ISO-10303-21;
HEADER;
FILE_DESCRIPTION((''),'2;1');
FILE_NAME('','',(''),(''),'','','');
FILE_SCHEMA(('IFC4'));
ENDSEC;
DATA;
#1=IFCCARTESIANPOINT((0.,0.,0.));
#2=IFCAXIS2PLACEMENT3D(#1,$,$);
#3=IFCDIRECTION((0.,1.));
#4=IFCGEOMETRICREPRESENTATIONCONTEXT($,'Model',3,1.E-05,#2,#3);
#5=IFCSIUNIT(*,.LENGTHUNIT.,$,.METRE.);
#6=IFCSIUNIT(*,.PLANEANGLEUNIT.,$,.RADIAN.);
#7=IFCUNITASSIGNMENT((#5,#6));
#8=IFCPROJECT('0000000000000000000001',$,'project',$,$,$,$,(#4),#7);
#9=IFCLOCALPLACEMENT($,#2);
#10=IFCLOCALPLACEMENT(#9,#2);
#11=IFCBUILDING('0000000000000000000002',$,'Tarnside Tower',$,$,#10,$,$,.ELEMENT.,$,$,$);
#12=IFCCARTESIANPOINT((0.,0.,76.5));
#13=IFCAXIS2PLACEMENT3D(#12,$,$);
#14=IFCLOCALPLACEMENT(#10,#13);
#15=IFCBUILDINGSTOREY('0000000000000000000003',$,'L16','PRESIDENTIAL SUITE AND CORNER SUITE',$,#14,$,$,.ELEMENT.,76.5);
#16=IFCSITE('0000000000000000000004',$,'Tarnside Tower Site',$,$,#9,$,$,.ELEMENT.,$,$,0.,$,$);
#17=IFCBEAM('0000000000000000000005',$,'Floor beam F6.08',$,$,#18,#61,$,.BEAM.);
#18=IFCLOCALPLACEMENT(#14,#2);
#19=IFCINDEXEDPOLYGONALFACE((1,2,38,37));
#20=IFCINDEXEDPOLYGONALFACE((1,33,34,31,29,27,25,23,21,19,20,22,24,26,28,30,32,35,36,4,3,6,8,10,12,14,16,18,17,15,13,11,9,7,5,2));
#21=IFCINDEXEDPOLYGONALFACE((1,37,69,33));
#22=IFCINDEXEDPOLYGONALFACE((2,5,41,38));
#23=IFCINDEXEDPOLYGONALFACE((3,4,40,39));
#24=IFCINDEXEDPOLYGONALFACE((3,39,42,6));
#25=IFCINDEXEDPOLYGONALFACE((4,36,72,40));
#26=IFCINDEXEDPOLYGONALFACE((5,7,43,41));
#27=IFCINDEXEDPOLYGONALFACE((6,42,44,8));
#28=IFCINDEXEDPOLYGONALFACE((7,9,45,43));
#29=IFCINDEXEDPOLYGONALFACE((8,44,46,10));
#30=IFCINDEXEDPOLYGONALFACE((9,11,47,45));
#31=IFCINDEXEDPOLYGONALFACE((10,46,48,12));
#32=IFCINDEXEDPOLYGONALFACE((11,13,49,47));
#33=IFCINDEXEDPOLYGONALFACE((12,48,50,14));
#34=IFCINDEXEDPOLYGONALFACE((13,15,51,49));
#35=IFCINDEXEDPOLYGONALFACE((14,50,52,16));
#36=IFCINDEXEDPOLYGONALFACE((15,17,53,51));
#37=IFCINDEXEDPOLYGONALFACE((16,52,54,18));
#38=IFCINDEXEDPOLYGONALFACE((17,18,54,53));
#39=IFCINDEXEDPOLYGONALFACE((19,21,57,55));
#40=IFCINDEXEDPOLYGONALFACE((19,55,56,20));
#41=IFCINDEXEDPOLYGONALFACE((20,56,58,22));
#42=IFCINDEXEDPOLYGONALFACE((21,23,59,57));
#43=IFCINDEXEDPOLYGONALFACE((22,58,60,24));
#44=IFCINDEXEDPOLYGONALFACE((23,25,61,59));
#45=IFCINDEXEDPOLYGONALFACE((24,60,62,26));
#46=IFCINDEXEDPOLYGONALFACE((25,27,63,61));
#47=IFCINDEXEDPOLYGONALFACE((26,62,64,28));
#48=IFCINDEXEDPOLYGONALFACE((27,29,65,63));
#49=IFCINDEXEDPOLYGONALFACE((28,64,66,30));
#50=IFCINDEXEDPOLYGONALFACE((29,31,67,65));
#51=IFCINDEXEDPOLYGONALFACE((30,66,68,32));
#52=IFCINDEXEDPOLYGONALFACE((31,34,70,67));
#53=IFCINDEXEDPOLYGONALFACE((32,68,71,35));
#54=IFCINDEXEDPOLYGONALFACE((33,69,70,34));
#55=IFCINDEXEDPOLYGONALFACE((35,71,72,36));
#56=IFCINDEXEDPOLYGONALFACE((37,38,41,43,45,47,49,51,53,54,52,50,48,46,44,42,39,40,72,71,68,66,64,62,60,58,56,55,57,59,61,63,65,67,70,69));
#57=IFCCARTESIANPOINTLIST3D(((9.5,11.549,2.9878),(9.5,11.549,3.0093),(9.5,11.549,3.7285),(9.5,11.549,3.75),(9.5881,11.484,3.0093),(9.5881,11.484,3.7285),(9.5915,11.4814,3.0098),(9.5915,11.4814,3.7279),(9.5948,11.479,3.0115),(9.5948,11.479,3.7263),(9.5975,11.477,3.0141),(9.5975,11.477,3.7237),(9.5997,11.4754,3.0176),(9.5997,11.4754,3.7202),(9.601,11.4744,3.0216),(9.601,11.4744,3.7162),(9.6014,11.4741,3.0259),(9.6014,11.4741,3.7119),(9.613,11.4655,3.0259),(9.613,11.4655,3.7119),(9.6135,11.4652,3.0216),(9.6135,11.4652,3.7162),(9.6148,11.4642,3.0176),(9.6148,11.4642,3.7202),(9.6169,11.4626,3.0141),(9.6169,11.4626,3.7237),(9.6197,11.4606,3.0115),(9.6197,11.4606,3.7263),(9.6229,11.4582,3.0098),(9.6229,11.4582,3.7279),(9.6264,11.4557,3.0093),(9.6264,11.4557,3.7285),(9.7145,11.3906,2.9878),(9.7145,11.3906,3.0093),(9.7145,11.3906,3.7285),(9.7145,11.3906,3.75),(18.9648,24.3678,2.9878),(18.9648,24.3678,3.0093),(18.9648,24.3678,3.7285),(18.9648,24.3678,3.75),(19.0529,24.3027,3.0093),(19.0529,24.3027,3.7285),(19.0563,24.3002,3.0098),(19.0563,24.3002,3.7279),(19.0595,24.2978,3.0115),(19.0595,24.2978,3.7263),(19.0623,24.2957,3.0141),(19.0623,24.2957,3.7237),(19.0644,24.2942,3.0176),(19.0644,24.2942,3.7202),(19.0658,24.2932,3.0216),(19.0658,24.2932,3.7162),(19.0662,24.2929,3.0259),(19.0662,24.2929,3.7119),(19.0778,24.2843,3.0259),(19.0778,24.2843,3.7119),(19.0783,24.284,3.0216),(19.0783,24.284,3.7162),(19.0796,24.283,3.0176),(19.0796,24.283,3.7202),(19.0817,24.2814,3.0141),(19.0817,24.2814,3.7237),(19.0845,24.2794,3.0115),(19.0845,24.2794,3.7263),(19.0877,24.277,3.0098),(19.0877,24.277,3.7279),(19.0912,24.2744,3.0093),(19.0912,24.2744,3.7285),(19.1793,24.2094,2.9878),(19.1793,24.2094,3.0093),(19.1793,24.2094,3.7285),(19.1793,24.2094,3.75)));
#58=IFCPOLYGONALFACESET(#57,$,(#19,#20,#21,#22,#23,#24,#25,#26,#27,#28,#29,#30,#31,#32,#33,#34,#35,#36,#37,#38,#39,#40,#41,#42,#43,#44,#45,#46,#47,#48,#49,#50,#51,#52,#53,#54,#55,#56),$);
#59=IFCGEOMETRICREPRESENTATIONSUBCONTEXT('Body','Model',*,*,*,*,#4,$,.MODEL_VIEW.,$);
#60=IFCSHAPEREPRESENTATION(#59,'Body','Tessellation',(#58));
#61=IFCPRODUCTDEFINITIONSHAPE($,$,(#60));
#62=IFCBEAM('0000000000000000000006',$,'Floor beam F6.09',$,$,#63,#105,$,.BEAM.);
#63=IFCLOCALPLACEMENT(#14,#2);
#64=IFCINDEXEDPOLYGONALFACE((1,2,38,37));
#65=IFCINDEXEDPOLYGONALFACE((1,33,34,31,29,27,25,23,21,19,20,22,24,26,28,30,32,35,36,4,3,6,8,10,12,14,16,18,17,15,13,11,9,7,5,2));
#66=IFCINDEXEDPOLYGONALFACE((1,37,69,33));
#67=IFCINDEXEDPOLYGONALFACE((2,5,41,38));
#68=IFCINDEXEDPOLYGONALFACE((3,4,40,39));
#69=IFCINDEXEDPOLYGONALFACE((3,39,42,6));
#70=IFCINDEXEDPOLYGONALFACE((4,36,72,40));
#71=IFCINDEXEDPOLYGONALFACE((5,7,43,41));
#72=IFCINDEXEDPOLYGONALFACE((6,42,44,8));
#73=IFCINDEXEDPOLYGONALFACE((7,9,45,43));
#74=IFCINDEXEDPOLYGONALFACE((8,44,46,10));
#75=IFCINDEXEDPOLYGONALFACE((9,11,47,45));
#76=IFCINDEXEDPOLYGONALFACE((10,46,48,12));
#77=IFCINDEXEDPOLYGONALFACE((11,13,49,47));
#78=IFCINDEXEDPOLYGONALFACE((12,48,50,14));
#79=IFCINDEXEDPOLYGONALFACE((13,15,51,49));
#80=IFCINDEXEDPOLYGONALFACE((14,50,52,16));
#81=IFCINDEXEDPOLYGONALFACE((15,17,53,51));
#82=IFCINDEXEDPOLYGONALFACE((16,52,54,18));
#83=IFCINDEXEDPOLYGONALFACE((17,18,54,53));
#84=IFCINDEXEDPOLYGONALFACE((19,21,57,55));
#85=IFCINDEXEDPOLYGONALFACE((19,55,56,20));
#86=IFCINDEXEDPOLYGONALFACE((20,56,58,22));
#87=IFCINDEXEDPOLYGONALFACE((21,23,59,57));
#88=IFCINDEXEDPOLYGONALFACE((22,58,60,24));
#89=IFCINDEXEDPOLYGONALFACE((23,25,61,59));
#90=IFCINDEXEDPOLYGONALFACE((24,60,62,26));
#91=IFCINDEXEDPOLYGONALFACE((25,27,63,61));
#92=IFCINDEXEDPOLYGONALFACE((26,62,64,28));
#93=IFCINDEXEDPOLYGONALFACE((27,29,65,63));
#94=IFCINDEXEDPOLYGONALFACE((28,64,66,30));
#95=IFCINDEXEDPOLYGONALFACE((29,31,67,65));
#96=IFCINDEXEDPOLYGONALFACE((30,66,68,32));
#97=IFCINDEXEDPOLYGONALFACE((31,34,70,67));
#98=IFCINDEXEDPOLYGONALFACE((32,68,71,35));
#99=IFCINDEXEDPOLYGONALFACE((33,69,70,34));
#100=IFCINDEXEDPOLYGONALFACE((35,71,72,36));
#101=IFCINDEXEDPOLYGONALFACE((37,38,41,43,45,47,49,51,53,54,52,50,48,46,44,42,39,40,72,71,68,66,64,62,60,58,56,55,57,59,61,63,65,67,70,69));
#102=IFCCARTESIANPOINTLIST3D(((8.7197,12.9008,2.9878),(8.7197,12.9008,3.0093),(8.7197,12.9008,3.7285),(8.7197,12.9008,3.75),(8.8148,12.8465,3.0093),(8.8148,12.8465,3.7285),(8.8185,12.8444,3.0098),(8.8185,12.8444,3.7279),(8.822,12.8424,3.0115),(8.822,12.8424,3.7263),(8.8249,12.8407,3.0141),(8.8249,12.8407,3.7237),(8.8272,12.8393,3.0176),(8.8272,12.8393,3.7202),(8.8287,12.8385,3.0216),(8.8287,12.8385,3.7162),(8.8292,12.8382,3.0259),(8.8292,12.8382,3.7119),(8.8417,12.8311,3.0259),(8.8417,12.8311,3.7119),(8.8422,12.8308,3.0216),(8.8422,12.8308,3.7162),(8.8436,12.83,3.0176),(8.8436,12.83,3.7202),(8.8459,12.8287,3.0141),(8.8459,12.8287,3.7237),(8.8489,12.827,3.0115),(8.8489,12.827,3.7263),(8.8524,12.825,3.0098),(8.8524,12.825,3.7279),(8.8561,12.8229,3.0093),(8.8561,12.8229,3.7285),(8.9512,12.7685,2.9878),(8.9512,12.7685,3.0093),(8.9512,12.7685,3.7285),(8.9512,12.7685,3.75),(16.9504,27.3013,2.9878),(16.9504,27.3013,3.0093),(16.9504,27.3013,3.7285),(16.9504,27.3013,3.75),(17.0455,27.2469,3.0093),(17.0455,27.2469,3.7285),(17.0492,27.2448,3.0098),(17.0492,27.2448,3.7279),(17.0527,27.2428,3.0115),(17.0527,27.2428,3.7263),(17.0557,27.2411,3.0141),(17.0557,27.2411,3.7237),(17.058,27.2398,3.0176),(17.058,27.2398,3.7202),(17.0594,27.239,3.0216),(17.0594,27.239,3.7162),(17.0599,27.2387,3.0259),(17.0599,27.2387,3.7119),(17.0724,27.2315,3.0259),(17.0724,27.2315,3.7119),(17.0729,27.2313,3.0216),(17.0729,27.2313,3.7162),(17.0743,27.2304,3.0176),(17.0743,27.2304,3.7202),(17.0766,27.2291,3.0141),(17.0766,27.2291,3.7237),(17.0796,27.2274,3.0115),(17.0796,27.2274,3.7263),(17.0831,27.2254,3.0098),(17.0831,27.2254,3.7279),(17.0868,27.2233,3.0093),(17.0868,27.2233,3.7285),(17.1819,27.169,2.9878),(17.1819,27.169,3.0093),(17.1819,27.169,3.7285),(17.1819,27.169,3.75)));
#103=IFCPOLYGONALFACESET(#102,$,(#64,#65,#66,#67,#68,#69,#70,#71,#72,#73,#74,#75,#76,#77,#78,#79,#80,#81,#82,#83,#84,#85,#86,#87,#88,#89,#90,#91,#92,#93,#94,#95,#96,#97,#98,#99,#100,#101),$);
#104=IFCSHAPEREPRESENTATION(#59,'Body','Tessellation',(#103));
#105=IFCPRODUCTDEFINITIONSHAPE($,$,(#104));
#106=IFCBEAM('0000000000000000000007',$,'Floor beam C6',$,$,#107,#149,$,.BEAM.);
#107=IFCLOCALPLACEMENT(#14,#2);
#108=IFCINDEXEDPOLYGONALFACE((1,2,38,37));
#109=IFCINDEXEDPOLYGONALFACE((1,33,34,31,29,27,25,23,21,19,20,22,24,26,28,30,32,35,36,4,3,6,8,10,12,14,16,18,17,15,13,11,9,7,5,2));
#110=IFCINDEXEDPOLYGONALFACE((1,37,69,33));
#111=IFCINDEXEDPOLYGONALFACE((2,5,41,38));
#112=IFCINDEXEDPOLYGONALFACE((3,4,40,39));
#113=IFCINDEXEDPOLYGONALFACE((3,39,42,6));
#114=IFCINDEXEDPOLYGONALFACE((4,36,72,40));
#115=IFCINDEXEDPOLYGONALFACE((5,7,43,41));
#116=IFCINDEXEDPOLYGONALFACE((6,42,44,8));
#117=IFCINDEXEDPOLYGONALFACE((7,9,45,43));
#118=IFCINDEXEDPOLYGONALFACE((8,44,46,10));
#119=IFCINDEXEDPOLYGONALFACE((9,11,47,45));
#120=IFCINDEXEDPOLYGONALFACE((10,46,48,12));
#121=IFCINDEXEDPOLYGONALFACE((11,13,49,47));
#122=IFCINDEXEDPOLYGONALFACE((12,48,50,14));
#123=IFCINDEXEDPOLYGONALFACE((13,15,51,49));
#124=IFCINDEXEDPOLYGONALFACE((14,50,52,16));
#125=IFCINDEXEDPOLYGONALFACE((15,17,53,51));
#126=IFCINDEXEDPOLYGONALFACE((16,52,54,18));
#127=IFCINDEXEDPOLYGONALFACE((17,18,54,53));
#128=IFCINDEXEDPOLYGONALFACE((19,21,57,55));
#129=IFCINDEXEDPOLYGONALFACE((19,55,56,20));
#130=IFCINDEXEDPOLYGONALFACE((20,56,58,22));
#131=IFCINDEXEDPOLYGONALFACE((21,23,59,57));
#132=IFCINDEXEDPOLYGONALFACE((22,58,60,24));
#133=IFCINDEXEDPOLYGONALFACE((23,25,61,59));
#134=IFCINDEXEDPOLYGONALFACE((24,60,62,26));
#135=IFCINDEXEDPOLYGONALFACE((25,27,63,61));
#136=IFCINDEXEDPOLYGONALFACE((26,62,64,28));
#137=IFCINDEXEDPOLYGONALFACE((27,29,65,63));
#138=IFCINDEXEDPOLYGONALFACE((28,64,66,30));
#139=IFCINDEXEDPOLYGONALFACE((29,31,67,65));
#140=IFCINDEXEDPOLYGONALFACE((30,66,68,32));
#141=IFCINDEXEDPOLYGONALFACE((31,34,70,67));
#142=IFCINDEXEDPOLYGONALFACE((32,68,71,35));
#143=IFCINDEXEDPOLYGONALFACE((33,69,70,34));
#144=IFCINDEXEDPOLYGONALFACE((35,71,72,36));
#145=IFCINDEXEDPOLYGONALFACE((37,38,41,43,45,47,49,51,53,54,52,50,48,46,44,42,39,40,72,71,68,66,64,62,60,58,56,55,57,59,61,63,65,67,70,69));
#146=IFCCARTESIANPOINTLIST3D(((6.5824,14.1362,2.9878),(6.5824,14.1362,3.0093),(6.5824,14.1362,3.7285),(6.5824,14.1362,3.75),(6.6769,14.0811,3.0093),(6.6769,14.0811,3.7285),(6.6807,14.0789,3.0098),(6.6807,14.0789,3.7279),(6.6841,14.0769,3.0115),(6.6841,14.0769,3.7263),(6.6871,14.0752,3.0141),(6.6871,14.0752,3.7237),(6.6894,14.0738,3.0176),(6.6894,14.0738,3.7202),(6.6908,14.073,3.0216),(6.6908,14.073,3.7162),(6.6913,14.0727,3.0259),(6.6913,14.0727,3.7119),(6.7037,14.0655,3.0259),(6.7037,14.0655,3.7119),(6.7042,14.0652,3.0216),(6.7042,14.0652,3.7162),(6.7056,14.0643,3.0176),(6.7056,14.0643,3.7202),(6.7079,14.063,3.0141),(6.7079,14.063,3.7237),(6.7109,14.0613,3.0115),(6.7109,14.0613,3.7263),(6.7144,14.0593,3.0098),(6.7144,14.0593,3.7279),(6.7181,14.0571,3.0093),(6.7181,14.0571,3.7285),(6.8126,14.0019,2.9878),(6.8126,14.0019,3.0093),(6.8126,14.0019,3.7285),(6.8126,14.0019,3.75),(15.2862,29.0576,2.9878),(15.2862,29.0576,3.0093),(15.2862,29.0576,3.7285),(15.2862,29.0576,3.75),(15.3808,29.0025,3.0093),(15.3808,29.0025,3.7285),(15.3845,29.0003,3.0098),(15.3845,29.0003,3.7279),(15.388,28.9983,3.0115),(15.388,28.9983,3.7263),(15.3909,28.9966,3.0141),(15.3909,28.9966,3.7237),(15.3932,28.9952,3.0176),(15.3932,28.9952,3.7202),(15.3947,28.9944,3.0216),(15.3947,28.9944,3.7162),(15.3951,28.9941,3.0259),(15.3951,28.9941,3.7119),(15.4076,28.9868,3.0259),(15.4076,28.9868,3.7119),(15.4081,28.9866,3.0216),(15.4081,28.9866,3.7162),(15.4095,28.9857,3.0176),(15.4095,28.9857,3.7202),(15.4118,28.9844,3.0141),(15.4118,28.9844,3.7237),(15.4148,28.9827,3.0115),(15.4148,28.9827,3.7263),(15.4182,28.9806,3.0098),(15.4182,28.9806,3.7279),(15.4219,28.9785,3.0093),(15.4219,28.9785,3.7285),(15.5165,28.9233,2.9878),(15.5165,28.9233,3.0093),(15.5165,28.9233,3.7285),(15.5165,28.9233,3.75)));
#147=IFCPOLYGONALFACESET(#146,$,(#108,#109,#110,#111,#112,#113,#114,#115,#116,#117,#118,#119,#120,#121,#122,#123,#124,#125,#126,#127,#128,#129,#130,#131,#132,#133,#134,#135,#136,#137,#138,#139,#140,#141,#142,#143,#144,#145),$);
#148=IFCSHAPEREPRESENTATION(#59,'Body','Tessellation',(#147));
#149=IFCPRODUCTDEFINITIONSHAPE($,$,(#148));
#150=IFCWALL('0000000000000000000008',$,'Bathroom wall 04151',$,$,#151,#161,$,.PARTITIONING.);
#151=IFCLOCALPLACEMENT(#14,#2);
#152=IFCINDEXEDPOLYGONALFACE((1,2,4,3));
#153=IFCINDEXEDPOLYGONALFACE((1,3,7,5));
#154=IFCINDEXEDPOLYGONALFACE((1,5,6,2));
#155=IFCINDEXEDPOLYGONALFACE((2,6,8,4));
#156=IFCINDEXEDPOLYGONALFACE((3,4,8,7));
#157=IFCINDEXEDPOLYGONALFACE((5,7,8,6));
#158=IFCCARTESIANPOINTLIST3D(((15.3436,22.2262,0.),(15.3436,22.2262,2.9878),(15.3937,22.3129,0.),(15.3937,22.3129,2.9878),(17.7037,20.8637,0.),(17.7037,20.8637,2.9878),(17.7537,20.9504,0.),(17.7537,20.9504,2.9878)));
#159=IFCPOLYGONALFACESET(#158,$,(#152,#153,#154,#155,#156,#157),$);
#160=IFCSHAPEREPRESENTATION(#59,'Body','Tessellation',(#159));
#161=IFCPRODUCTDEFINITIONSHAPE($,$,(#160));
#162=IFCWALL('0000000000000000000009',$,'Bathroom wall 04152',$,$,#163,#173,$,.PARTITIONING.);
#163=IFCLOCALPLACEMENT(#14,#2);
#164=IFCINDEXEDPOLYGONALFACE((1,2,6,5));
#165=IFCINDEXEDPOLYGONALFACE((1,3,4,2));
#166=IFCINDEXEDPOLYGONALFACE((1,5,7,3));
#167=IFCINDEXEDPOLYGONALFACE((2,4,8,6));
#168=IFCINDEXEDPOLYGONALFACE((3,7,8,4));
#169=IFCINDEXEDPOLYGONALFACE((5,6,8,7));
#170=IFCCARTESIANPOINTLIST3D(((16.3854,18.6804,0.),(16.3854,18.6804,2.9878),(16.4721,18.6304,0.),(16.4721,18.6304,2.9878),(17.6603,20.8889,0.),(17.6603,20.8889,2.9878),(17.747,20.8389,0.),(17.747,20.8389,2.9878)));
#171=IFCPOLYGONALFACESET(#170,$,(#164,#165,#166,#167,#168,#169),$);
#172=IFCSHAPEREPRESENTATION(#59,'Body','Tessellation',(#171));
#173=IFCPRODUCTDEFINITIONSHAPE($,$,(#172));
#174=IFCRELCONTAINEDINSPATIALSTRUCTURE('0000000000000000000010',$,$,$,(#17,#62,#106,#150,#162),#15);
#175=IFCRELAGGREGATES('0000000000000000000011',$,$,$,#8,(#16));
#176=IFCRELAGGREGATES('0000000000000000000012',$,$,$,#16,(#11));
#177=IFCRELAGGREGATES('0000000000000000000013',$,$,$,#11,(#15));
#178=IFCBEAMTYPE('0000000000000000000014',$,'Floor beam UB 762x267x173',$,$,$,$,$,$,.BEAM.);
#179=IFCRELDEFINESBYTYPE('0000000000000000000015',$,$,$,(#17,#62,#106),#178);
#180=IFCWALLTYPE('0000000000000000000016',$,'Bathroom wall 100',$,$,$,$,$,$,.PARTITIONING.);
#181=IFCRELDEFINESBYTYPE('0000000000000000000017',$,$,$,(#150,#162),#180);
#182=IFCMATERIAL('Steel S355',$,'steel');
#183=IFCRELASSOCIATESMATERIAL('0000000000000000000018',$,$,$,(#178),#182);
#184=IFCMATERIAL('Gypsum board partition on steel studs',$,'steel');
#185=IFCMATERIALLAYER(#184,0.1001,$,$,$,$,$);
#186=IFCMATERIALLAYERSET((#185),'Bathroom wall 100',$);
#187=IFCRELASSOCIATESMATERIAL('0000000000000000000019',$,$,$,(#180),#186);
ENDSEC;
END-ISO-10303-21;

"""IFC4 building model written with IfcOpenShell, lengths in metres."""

from ifc_helpers import new_model, si_unit, direction, frame, frame_2d, origin, origin_2d, place, context, subcontext, project, spatial, rectangle, i_section, extrude, material, layer, layer_set, material_profile, profile_set, type_object, element, save


model = new_model("IFC4")

# Units and contexts
model_context = context("Model", 3, precision=1e-05, world=origin(), true_north=direction((0.0, 1.0)))
body_context = subcontext(model_context, "Body", "Model", "MODEL_VIEW")
ifc_project = project(units=[si_unit("LENGTHUNIT", "METRE"), si_unit("PLANEANGLEUNIT", "RADIAN")], contexts=[model_context])

# Site, building, storey
site_placement = place(None, origin())
site = spatial("IfcSite", under=ifc_project, at=site_placement, Name="Tarnside Tower Site", CompositionType="ELEMENT", RefElevation=0.0)
building_placement = place(site_placement, origin())
building = spatial("IfcBuilding", under=site, at=building_placement, Name="Tarnside Tower", CompositionType="ELEMENT")
storey_placement = place(building_placement, frame((0.0, 0.0, 76.5)))
storey = spatial("IfcBuildingStorey", under=building, at=storey_placement, Name="L16", Description="PRESIDENTIAL SUITE AND CORNER SUITE", CompositionType="ELEMENT", Elevation=76.5)

# Beams
ifc_material_1 = material(Name="Steel S355", Category="steel")
ifc_material_profile_1 = material_profile(ifc_material_1, i_section(OverallWidth=0.2666, OverallDepth=0.7622, WebThickness=0.0144, FlangeThickness=0.0215, FilletRadius=0.0166, at=origin_2d()), Name="UB 762x267x173")
ifc_profile_set_1 = profile_set([ifc_material_profile_1], Name="Steel S355")
beam_type_1 = type_object("IfcBeamType", Name="Floor beam UB 762x267x173", PredefinedType="BEAM", material=ifc_profile_set_1)
beam_1_placement = place(storey_placement, frame((19.072, 24.2886, 3.3689), z_axis=(-0.593987, -0.804475, 0.0), x_axis=(0.804475, -0.593987, 0.0)))
element("IfcBeam", 1, at=beam_1_placement, inside=storey, type_object=beam_type_1, Name="Floor beam F6.08", PredefinedType="BEAM", context=body_context, shape_type="SweptSolid", body=[
    extrude(i_section(OverallWidth=0.2666, OverallDepth=0.7622, WebThickness=0.0144, FlangeThickness=0.0215, FilletRadius=0.0166, at=origin_2d()), origin(), (0.0, 0.0, 1.0), 15.9343),
])
beam_2_placement = place(storey_placement, frame((17.0662, 27.2351, 3.3689), z_axis=(-0.496226, -0.868193, 0.0), x_axis=(0.868193, -0.496226, 0.0)))
element("IfcBeam", 2, at=beam_2_placement, inside=storey, type_object=beam_type_1, Name="Floor beam F6.09", PredefinedType="BEAM", context=body_context, shape_type="SweptSolid", body=[
    extrude(i_section(OverallWidth=0.2666, OverallDepth=0.7622, WebThickness=0.0144, FlangeThickness=0.0215, FilletRadius=0.0166, at=origin_2d()), origin(), (0.0, 0.0, 1.0), 16.5867),
])
beam_3_placement = place(storey_placement, frame((15.4014, 28.9905, 3.3689), z_axis=(-0.503859, -0.863786, 0.0), x_axis=(0.863786, -0.503859, 0.0)))
element("IfcBeam", 3, at=beam_3_placement, inside=storey, type_object=beam_type_1, Name="Floor beam C6", PredefinedType="BEAM", context=body_context, shape_type="SweptSolid", body=[
    extrude(i_section(OverallWidth=0.2666, OverallDepth=0.7622, WebThickness=0.0144, FlangeThickness=0.0215, FilletRadius=0.0166, at=origin_2d()), origin(), (0.0, 0.0, 1.0), 17.2744),
])

# Walls
ifc_material_2 = material(Name="Gypsum board partition on steel studs", Category="steel")
ifc_layer_1 = layer(ifc_material_2, 0.1001)
ifc_layer_set_1 = layer_set([ifc_layer_1], Name="Bathroom wall 100")
wall_type_1 = type_object("IfcWallType", Name="Bathroom wall 100", PredefinedType="PARTITIONING", material=ifc_layer_set_1)
wall_1_placement = place(storey_placement, frame((15.3687, 22.2695, 0.0), z_axis=(0.0, 0.0, 1.0), x_axis=(0.866035, -0.499984, 0.0)))
element("IfcWall", 4, at=wall_1_placement, inside=storey, type_object=wall_type_1, Name="Bathroom wall 04151", PredefinedType="PARTITIONING", context=body_context, shape_type="SweptSolid", body=[
    extrude(rectangle(XDim=2.7251, YDim=0.1001, at=frame_2d((1.3625, 0.0))), origin(), (0.0, 0.0, 1.0), 2.9878),
])
wall_2_placement = place(storey_placement, frame((17.7036, 20.8638, 0.0), z_axis=(0.0, 0.0, 1.0), x_axis=(-0.499949, -0.866055, 0.0)))
element("IfcWall", 5, at=wall_2_placement, inside=storey, type_object=wall_type_1, Name="Bathroom wall 04152", PredefinedType="PARTITIONING", context=body_context, shape_type="SweptSolid", body=[
    extrude(rectangle(XDim=2.55, YDim=0.1001, at=frame_2d((1.2749, 0.0))), origin(), (0.0, 0.0, 1.0), 2.9878),
])

save(model, "model.ifc")
